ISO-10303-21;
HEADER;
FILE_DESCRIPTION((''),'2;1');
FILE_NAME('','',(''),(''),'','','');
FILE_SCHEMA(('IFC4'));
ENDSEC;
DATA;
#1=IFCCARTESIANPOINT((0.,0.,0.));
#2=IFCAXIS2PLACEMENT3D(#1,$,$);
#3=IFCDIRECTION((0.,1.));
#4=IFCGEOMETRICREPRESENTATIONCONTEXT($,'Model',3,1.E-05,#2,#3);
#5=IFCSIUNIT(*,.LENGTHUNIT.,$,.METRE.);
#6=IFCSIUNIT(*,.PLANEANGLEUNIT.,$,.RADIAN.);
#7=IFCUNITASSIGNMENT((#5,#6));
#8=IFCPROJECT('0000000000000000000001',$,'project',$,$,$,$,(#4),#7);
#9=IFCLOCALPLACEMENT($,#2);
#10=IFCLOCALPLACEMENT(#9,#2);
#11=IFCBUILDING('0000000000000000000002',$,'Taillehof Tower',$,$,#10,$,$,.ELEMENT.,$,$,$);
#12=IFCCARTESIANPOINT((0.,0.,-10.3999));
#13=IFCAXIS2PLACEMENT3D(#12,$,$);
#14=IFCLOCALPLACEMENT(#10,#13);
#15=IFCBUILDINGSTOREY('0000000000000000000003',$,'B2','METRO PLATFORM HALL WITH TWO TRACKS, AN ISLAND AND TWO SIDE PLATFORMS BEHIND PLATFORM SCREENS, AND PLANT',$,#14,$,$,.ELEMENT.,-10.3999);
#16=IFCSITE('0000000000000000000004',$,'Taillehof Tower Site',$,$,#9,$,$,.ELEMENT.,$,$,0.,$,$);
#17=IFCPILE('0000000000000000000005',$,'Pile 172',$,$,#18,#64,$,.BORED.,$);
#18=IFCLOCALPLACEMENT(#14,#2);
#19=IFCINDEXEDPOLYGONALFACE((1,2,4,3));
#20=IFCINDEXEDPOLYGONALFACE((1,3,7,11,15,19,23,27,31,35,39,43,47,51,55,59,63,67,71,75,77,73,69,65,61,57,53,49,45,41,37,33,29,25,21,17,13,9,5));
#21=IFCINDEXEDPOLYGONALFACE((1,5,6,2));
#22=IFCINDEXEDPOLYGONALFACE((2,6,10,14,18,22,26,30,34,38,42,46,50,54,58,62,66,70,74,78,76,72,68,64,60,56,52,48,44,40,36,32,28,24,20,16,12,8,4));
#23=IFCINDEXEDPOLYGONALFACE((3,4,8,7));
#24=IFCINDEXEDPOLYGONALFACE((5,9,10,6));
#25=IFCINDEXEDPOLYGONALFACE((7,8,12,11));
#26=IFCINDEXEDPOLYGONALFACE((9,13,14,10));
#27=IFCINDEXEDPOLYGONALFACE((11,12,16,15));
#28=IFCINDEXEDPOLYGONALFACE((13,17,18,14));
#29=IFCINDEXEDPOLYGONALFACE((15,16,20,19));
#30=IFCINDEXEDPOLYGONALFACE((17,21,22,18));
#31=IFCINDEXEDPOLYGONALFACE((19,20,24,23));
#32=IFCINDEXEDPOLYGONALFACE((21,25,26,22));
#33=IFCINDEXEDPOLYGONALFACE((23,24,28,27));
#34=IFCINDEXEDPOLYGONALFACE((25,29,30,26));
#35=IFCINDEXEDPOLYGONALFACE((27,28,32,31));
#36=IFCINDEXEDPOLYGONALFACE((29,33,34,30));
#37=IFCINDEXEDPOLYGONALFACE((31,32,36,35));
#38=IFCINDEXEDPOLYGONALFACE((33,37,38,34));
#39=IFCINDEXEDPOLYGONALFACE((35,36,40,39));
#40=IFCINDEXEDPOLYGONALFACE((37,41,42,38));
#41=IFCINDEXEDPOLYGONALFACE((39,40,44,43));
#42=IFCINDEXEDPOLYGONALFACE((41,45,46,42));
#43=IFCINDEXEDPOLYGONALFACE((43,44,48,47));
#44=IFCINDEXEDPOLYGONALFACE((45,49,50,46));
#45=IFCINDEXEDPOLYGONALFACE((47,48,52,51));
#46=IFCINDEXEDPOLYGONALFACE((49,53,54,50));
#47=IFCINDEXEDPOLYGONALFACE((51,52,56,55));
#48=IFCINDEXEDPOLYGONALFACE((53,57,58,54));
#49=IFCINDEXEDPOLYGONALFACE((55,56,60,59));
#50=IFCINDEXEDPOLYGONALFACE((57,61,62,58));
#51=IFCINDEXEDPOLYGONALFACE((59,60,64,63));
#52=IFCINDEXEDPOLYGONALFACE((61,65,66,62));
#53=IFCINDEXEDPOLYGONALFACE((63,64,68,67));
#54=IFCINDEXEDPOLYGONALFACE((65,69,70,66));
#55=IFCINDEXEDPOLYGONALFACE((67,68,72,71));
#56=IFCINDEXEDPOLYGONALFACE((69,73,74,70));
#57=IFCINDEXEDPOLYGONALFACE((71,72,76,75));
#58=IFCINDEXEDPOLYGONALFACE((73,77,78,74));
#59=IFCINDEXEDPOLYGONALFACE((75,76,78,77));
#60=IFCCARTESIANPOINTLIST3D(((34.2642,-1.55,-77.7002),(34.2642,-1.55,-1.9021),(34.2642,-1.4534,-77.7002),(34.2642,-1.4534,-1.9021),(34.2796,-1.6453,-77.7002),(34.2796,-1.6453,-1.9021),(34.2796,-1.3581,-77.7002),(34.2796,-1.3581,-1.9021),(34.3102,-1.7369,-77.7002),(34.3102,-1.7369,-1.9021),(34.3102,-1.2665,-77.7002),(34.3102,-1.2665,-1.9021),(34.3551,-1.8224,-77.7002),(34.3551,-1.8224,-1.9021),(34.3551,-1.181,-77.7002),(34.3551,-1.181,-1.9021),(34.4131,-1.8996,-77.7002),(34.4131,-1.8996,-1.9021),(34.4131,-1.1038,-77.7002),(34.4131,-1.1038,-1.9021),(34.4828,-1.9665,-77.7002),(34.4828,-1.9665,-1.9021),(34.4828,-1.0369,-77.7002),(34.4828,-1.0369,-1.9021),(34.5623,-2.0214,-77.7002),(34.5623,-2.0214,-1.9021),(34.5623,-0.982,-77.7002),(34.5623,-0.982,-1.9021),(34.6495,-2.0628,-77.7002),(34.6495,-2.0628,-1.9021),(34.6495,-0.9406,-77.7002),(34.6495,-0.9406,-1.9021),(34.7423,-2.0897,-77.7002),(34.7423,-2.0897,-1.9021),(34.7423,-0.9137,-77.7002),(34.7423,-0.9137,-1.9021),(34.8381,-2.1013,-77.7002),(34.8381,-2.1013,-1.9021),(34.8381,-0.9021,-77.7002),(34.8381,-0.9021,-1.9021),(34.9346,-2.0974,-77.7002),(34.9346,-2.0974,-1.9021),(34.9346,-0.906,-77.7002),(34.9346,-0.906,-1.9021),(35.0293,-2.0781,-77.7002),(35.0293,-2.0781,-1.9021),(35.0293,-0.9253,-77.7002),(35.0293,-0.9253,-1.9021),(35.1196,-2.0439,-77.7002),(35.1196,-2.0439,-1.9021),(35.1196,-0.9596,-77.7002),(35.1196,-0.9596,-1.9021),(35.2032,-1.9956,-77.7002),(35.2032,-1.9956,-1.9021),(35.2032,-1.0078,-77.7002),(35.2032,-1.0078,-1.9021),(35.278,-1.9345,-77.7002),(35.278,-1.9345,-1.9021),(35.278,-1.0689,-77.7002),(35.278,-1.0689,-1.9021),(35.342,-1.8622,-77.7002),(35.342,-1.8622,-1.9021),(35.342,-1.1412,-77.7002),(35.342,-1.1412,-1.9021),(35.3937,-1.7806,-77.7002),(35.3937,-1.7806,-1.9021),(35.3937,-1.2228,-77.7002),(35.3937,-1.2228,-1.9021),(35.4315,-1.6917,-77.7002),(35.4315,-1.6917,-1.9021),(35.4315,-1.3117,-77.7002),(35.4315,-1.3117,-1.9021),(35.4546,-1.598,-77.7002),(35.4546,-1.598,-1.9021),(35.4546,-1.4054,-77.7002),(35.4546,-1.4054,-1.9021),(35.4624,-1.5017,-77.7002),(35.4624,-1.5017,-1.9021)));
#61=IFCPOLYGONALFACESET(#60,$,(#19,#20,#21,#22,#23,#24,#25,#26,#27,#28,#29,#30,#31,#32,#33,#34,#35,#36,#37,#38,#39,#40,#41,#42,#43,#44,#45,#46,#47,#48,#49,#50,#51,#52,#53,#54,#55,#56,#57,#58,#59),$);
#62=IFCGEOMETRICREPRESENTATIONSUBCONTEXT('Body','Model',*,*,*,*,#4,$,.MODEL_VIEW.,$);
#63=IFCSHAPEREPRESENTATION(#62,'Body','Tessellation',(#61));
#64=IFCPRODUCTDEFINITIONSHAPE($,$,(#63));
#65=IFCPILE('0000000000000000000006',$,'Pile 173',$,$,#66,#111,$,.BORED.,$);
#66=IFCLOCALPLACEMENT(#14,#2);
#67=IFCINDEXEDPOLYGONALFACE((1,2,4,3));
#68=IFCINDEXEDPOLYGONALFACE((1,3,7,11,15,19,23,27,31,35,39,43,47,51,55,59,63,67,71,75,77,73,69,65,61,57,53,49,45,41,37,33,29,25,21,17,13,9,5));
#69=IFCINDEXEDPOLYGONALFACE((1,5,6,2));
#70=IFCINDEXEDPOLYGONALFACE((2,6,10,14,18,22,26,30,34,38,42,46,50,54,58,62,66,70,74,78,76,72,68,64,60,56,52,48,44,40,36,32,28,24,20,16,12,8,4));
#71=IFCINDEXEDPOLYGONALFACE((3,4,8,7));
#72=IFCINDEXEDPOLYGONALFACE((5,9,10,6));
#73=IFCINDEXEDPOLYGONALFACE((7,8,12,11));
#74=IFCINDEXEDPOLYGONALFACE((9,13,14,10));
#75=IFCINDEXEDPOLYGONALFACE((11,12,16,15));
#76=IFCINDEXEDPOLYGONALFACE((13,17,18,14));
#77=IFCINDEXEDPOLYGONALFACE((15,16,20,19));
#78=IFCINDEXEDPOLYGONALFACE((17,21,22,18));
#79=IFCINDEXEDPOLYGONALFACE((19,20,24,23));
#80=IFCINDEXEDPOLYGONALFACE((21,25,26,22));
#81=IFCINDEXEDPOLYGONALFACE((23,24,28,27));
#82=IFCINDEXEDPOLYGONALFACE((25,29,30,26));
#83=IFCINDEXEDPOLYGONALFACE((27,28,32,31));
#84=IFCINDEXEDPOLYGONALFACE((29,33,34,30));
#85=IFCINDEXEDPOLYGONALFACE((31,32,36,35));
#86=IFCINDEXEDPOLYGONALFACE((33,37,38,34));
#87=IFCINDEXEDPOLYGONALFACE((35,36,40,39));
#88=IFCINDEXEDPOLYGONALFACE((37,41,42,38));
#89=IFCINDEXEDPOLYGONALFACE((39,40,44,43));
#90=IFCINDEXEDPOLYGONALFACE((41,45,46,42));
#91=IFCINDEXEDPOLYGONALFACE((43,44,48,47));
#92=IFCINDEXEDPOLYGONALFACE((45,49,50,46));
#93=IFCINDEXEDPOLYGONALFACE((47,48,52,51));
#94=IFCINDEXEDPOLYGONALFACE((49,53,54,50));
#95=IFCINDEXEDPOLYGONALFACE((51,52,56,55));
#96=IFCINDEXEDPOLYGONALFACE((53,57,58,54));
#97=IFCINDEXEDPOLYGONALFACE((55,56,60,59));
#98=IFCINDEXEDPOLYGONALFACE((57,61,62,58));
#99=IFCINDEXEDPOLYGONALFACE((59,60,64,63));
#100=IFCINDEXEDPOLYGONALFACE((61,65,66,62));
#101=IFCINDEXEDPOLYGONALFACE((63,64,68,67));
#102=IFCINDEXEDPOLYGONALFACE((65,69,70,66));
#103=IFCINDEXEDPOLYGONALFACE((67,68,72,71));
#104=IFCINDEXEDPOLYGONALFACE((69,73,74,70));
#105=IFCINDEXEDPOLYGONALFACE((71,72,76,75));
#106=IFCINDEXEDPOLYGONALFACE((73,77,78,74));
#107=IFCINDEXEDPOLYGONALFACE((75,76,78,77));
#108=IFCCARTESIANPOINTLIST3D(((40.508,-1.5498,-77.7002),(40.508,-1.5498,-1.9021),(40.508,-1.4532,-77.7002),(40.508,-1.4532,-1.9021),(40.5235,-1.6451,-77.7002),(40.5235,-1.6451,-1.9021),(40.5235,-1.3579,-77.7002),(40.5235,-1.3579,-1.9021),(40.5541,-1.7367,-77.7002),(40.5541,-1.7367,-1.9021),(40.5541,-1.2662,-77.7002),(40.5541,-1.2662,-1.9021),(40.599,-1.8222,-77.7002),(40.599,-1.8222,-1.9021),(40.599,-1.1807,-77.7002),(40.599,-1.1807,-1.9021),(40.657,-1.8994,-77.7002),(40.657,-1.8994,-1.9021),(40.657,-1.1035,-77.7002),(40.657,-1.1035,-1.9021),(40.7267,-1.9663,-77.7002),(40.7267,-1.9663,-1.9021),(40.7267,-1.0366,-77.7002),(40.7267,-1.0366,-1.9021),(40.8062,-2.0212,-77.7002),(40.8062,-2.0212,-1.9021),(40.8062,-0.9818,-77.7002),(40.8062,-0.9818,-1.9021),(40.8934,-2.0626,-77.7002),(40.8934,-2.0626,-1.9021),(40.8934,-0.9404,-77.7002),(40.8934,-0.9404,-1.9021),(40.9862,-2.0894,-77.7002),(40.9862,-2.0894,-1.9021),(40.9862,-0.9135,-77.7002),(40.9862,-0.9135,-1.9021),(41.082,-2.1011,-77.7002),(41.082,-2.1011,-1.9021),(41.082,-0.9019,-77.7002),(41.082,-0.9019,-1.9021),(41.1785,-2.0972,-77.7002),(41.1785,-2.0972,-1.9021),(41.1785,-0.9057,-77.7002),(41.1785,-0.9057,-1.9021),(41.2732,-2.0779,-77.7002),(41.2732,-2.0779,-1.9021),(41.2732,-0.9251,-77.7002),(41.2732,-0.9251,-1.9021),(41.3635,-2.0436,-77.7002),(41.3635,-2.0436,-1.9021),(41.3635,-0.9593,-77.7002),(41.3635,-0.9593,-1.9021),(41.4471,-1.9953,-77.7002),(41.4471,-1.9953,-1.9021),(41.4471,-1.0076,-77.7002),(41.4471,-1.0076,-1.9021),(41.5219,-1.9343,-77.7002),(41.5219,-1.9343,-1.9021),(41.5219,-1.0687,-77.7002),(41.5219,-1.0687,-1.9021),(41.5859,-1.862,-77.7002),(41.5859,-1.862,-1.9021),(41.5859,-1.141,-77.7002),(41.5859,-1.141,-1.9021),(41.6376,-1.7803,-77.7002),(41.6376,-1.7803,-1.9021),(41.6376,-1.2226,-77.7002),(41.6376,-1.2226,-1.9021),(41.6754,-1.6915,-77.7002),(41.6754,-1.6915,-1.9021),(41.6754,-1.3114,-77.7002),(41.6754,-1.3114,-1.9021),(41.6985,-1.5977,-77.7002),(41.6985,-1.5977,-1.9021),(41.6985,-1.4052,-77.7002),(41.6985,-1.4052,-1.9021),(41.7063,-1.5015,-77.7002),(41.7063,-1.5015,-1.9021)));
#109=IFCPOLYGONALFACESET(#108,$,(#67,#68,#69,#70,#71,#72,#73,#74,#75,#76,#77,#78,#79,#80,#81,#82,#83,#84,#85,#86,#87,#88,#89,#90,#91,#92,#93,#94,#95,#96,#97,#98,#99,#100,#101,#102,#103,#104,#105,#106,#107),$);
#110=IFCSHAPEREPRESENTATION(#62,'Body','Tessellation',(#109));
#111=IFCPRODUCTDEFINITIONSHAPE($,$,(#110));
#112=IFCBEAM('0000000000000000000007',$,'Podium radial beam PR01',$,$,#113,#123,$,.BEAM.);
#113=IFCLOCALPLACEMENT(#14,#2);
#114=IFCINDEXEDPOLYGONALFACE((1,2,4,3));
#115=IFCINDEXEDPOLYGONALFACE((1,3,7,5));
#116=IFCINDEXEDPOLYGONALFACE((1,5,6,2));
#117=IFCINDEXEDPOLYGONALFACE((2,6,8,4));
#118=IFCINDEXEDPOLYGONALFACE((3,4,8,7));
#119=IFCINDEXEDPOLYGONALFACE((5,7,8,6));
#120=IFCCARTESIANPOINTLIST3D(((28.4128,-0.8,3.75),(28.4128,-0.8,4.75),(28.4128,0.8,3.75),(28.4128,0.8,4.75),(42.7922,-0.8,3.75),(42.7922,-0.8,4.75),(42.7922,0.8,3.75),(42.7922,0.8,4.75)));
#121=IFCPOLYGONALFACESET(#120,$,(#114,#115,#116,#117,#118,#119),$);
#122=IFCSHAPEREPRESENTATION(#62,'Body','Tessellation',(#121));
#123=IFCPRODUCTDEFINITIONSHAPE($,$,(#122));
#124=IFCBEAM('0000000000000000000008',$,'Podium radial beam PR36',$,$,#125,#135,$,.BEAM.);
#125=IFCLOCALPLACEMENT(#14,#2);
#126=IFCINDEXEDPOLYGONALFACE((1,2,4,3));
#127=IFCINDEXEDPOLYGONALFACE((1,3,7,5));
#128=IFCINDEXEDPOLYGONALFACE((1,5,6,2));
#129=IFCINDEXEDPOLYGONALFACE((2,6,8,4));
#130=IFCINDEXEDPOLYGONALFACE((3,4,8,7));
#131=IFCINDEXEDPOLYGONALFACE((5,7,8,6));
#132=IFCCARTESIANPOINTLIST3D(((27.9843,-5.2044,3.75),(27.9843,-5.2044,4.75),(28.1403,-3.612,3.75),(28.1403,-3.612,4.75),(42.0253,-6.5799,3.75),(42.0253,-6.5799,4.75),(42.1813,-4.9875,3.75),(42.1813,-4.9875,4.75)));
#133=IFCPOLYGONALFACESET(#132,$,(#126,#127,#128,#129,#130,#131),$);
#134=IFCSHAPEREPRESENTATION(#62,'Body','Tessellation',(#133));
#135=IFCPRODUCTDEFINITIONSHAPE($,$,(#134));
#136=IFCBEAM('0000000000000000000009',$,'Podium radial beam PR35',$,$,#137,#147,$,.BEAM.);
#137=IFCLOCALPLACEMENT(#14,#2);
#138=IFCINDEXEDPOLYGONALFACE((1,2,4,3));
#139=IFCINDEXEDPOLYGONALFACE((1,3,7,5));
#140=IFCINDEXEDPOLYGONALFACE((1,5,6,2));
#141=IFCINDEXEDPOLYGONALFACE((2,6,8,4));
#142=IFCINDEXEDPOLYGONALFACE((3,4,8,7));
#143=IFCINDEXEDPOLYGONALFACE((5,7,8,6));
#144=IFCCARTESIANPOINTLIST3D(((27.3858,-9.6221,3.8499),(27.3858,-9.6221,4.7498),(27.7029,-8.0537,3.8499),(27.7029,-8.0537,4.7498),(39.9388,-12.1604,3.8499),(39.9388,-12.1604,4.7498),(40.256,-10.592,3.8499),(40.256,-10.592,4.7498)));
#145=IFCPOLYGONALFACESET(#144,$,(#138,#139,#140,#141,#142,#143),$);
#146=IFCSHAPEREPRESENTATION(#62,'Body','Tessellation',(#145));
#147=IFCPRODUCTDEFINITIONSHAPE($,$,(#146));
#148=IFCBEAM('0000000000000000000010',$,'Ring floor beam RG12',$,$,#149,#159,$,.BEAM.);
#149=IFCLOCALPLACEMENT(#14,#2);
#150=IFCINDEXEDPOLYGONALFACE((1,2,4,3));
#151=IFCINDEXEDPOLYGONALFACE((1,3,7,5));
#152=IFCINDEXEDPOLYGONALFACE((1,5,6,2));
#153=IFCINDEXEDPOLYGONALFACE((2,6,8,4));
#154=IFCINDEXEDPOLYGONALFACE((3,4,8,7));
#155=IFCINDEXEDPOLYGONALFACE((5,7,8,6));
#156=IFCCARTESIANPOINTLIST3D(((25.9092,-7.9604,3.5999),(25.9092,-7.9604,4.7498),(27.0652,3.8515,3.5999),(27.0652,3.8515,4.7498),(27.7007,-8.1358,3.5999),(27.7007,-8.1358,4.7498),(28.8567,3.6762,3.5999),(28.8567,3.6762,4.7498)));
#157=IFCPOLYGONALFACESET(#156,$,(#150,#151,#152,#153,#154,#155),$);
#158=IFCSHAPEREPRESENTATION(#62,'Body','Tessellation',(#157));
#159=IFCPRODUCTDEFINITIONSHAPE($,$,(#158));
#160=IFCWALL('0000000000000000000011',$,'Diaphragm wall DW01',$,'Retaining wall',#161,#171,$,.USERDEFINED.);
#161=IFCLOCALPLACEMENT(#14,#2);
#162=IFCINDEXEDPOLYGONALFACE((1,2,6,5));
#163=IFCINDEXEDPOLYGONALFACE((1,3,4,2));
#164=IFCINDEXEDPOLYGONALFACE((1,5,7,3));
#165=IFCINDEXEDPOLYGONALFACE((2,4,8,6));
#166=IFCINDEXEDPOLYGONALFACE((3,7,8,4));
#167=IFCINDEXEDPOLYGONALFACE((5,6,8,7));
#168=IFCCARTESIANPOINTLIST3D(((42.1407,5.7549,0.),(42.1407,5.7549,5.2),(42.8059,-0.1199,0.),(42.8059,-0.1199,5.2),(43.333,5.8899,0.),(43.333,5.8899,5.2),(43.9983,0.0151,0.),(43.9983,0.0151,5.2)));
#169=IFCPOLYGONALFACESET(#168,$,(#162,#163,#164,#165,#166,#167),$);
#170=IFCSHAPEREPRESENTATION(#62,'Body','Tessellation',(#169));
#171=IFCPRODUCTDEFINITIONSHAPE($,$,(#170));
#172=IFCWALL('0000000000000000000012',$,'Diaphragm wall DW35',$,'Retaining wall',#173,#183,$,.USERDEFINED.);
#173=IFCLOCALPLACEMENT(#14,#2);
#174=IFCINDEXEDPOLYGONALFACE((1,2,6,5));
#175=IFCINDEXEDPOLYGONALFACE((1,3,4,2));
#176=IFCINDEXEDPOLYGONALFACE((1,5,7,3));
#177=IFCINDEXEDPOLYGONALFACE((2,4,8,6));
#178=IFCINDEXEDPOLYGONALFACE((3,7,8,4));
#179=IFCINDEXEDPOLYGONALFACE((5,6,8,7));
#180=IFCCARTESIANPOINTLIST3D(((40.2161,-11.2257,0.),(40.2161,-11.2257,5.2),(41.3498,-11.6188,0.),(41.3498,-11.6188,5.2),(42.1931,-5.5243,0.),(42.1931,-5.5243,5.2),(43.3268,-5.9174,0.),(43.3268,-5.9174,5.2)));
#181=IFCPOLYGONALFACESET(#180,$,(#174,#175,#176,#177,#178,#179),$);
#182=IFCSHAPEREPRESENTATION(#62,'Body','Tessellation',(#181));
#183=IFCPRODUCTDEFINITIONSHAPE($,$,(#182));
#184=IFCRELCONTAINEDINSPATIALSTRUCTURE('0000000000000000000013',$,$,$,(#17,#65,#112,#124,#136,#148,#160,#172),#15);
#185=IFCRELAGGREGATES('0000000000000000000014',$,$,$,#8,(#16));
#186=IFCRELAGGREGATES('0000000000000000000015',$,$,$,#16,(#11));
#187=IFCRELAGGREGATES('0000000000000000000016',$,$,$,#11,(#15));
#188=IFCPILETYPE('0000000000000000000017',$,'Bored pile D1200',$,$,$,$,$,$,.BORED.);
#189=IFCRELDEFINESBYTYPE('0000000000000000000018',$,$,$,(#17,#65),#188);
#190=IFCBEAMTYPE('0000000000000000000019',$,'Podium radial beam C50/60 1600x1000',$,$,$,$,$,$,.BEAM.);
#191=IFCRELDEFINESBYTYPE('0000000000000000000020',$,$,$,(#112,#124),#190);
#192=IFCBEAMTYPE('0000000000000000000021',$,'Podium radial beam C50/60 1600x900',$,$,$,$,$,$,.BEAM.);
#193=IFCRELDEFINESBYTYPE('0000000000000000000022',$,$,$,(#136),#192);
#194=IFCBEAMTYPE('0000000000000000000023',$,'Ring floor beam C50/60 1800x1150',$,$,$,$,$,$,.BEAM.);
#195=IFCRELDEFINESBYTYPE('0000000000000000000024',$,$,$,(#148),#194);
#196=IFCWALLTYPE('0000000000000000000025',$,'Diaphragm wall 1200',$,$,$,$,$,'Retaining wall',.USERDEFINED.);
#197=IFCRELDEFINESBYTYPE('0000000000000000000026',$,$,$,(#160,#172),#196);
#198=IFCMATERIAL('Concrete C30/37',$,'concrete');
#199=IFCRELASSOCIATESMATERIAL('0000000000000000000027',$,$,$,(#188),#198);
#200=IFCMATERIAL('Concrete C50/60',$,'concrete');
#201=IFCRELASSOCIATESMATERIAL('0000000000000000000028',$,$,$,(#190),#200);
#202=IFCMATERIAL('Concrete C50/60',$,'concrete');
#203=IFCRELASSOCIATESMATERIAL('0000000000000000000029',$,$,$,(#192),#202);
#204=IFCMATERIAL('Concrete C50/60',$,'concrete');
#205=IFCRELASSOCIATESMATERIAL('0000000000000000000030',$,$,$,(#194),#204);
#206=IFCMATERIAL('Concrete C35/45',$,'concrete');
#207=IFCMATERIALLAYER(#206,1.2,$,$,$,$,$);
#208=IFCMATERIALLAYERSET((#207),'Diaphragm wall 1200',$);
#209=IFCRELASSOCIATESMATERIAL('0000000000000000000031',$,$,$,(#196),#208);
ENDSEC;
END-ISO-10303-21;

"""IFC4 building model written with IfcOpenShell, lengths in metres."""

from ifc_helpers import new_model, si_unit, direction, frame, frame_2d, origin, origin_2d, place, context, subcontext, project, spatial, rectangle, circle, extrude, material, layer, layer_set, material_profile, profile_set, type_object, element, save


model = new_model("IFC4")

# Units and contexts
model_context = context("Model", 3, precision=1e-05, world=origin(), true_north=direction((0.0, 1.0)))
body_context = subcontext(model_context, "Body", "Model", "MODEL_VIEW")
ifc_project = project(units=[si_unit("LENGTHUNIT", "METRE"), si_unit("PLANEANGLEUNIT", "RADIAN")], contexts=[model_context])

# Site, building, storey
site_placement = place(None, origin())
site = spatial("IfcSite", under=ifc_project, at=site_placement, Name="Taillehof Tower Site", CompositionType="ELEMENT", RefElevation=0.0)
building_placement = place(site_placement, origin())
building = spatial("IfcBuilding", under=site, at=building_placement, Name="Taillehof Tower", CompositionType="ELEMENT")
storey_placement = place(building_placement, frame((0.0, 0.0, -10.3999)))
storey = spatial("IfcBuildingStorey", under=building, at=storey_placement, Name="B2", Description="METRO PLATFORM HALL WITH TWO TRACKS, AN ISLAND AND TWO SIDE PLATFORMS BEHIND PLATFORM SCREENS, AND PLANT", CompositionType="ELEMENT", Elevation=-10.3999)

# Piles
ifc_material_1 = material(Name="Concrete C30/37", Category="concrete")
ifc_material_profile_1 = material_profile(ifc_material_1, circle(Radius=0.6001, at=origin_2d()), Name="BP D1200")
ifc_profile_set_1 = profile_set([ifc_material_profile_1], Name="Concrete C30/37")
pile_type = type_object("IfcPileType", Name="Bored pile D1200", PredefinedType="BORED", material=ifc_profile_set_1)
for number, where, z_axis, x_axis, name in (
    (1, (34.8623, -1.5017, -1.9021), (0.0, 0.0, -1.0), (1.0, 0.0, 0.0), "Pile 172"),
    (2, (41.1062, -1.5015, -1.9021), (0.0, 0.0, -1.0), (1.0, 0.0, 0.0), "Pile 173"),
):
    element("IfcPile", number, at=place(storey_placement, frame(where, z_axis=z_axis, x_axis=x_axis)), inside=storey, type_object=pile_type, Name=name, PredefinedType="BORED", context=body_context, shape_type="SweptSolid", body=[
        extrude(circle(Radius=0.6001, at=origin_2d()), origin(), (0.0, 0.0, 1.0), 75.7981),
    ])

# Beams
ifc_material_2 = material(Name="Concrete C50/60", Category="concrete")
ifc_material_profile_2 = material_profile(ifc_material_2, rectangle(XDim=1.6001, YDim=1.0, at=origin_2d()), Name="RC 1600x1000")
ifc_profile_set_2 = profile_set([ifc_material_profile_2], Name="Concrete C50/60")
beam_type_1 = type_object("IfcBeamType", Name="Podium radial beam C50/60 1600x1000", PredefinedType="BEAM", material=ifc_profile_set_2)
beam_1_placement = place(storey_placement, frame((42.7922, 0.0, 4.25), z_axis=(-1.0, 0.0, 0.0), x_axis=(0.0, -1.0, 0.0)))
element("IfcBeam", 3, at=beam_1_placement, inside=storey, type_object=beam_type_1, Name="Podium radial beam PR01", PredefinedType="BEAM", context=body_context, shape_type="SweptSolid", body=[
    extrude(rectangle(XDim=1.6001, YDim=1.0, at=origin_2d()), origin(), (0.0, 0.0, 1.0), 14.3794),
])
beam_2_placement = place(storey_placement, frame((42.1033, -5.7837, 4.25), z_axis=(-0.995236, 0.097495, 0.0), x_axis=(-0.097495, -0.995236, 0.0)))
element("IfcBeam", 4, at=beam_2_placement, inside=storey, type_object=beam_type_1, Name="Podium radial beam PR36", PredefinedType="BEAM", context=body_context, shape_type="SweptSolid", body=[
    extrude(rectangle(XDim=1.6001, YDim=1.0, at=origin_2d()), origin(), (0.0, 0.0, 1.0), 14.1082),
])
ifc_material_3 = material(Name="Concrete C50/60", Category="concrete")
ifc_material_profile_3 = material_profile(ifc_material_3, rectangle(XDim=1.6001, YDim=0.8999, at=origin_2d()), Name="RC 1600x900")
ifc_profile_set_3 = profile_set([ifc_material_profile_3], Name="Concrete C50/60")
beam_type_2 = type_object("IfcBeamType", Name="Podium radial beam C50/60 1600x900", PredefinedType="BEAM", material=ifc_profile_set_3)
beam_3_placement = place(storey_placement, frame((40.0974, -11.3762, 4.2998), z_axis=(-0.980162, 0.198198, 0.0), x_axis=(-0.198198, -0.980162, 0.0)))
element("IfcBeam", 5, at=beam_3_placement, inside=storey, type_object=beam_type_2, Name="Podium radial beam PR35", PredefinedType="BEAM", context=body_context, shape_type="SweptSolid", body=[
    extrude(rectangle(XDim=1.6001, YDim=0.8999, at=origin_2d()), origin(), (0.0, 0.0, 1.0), 12.8071),
])
ifc_material_4 = material(Name="Concrete C50/60", Category="concrete")
ifc_material_profile_4 = material_profile(ifc_material_4, rectangle(XDim=1.8, YDim=1.1499, at=origin_2d()), Name="RC 1800x1150")
ifc_profile_set_4 = profile_set([ifc_material_profile_4], Name="Concrete C50/60")
beam_type_3 = type_object("IfcBeamType", Name="Ring floor beam C50/60 1800x1150", PredefinedType="BEAM", material=ifc_profile_set_4)
beam_4_placement = place(storey_placement, frame((26.8049, -8.0481, 4.1748), z_axis=(0.097402, 0.995245, 0.0), x_axis=(-0.995245, 0.097402, 0.0)))
element("IfcBeam", 6, at=beam_4_placement, inside=storey, type_object=beam_type_3, Name="Ring floor beam RG12", PredefinedType="BEAM", context=body_context, shape_type="SweptSolid", body=[
    extrude(rectangle(XDim=1.8, YDim=1.1499, at=origin_2d()), origin(), (0.0, 0.0, 1.0), 11.8684),
])

# Walls
ifc_material_5 = material(Name="Concrete C35/45", Category="concrete")
ifc_layer = layer(ifc_material_5, 1.2)
ifc_layer_set = layer_set([ifc_layer], Name="Diaphragm wall 1200")
wall_type = type_object("IfcWallType", Name="Diaphragm wall 1200", ElementType="Retaining wall", PredefinedType="USERDEFINED", material=ifc_layer_set)
wall_1_placement = place(storey_placement, frame((43.4021, -0.0522, 0.0), z_axis=(0.0, 0.0, 1.0), x_axis=(-0.112525, 0.993649, 0.0)))
element("IfcWall", 7, at=wall_1_placement, inside=storey, type_object=wall_type, Name="Diaphragm wall DW01", ObjectType="Retaining wall", PredefinedType="USERDEFINED", context=body_context, shape_type="SweptSolid", body=[
    extrude(rectangle(XDim=5.9124, YDim=1.2, at=frame_2d((2.9561, 0.0))), origin(), (0.0, 0.0, 1.0), 5.2),
])
wall_2_placement = place(storey_placement, frame((40.783, -11.4221, 0.0), z_axis=(0.0, 0.0, 1.0), x_axis=(0.327626, 0.944807, 0.0)))
element("IfcWall", 8, at=wall_2_placement, inside=storey, type_object=wall_type, Name="Diaphragm wall DW35", ObjectType="Retaining wall", PredefinedType="USERDEFINED", context=body_context, shape_type="SweptSolid", body=[
    extrude(rectangle(XDim=6.0344, YDim=1.2, at=frame_2d((3.0171, 0.0))), origin(), (0.0, 0.0, 1.0), 5.2),
])

save(model, "model.ifc")
